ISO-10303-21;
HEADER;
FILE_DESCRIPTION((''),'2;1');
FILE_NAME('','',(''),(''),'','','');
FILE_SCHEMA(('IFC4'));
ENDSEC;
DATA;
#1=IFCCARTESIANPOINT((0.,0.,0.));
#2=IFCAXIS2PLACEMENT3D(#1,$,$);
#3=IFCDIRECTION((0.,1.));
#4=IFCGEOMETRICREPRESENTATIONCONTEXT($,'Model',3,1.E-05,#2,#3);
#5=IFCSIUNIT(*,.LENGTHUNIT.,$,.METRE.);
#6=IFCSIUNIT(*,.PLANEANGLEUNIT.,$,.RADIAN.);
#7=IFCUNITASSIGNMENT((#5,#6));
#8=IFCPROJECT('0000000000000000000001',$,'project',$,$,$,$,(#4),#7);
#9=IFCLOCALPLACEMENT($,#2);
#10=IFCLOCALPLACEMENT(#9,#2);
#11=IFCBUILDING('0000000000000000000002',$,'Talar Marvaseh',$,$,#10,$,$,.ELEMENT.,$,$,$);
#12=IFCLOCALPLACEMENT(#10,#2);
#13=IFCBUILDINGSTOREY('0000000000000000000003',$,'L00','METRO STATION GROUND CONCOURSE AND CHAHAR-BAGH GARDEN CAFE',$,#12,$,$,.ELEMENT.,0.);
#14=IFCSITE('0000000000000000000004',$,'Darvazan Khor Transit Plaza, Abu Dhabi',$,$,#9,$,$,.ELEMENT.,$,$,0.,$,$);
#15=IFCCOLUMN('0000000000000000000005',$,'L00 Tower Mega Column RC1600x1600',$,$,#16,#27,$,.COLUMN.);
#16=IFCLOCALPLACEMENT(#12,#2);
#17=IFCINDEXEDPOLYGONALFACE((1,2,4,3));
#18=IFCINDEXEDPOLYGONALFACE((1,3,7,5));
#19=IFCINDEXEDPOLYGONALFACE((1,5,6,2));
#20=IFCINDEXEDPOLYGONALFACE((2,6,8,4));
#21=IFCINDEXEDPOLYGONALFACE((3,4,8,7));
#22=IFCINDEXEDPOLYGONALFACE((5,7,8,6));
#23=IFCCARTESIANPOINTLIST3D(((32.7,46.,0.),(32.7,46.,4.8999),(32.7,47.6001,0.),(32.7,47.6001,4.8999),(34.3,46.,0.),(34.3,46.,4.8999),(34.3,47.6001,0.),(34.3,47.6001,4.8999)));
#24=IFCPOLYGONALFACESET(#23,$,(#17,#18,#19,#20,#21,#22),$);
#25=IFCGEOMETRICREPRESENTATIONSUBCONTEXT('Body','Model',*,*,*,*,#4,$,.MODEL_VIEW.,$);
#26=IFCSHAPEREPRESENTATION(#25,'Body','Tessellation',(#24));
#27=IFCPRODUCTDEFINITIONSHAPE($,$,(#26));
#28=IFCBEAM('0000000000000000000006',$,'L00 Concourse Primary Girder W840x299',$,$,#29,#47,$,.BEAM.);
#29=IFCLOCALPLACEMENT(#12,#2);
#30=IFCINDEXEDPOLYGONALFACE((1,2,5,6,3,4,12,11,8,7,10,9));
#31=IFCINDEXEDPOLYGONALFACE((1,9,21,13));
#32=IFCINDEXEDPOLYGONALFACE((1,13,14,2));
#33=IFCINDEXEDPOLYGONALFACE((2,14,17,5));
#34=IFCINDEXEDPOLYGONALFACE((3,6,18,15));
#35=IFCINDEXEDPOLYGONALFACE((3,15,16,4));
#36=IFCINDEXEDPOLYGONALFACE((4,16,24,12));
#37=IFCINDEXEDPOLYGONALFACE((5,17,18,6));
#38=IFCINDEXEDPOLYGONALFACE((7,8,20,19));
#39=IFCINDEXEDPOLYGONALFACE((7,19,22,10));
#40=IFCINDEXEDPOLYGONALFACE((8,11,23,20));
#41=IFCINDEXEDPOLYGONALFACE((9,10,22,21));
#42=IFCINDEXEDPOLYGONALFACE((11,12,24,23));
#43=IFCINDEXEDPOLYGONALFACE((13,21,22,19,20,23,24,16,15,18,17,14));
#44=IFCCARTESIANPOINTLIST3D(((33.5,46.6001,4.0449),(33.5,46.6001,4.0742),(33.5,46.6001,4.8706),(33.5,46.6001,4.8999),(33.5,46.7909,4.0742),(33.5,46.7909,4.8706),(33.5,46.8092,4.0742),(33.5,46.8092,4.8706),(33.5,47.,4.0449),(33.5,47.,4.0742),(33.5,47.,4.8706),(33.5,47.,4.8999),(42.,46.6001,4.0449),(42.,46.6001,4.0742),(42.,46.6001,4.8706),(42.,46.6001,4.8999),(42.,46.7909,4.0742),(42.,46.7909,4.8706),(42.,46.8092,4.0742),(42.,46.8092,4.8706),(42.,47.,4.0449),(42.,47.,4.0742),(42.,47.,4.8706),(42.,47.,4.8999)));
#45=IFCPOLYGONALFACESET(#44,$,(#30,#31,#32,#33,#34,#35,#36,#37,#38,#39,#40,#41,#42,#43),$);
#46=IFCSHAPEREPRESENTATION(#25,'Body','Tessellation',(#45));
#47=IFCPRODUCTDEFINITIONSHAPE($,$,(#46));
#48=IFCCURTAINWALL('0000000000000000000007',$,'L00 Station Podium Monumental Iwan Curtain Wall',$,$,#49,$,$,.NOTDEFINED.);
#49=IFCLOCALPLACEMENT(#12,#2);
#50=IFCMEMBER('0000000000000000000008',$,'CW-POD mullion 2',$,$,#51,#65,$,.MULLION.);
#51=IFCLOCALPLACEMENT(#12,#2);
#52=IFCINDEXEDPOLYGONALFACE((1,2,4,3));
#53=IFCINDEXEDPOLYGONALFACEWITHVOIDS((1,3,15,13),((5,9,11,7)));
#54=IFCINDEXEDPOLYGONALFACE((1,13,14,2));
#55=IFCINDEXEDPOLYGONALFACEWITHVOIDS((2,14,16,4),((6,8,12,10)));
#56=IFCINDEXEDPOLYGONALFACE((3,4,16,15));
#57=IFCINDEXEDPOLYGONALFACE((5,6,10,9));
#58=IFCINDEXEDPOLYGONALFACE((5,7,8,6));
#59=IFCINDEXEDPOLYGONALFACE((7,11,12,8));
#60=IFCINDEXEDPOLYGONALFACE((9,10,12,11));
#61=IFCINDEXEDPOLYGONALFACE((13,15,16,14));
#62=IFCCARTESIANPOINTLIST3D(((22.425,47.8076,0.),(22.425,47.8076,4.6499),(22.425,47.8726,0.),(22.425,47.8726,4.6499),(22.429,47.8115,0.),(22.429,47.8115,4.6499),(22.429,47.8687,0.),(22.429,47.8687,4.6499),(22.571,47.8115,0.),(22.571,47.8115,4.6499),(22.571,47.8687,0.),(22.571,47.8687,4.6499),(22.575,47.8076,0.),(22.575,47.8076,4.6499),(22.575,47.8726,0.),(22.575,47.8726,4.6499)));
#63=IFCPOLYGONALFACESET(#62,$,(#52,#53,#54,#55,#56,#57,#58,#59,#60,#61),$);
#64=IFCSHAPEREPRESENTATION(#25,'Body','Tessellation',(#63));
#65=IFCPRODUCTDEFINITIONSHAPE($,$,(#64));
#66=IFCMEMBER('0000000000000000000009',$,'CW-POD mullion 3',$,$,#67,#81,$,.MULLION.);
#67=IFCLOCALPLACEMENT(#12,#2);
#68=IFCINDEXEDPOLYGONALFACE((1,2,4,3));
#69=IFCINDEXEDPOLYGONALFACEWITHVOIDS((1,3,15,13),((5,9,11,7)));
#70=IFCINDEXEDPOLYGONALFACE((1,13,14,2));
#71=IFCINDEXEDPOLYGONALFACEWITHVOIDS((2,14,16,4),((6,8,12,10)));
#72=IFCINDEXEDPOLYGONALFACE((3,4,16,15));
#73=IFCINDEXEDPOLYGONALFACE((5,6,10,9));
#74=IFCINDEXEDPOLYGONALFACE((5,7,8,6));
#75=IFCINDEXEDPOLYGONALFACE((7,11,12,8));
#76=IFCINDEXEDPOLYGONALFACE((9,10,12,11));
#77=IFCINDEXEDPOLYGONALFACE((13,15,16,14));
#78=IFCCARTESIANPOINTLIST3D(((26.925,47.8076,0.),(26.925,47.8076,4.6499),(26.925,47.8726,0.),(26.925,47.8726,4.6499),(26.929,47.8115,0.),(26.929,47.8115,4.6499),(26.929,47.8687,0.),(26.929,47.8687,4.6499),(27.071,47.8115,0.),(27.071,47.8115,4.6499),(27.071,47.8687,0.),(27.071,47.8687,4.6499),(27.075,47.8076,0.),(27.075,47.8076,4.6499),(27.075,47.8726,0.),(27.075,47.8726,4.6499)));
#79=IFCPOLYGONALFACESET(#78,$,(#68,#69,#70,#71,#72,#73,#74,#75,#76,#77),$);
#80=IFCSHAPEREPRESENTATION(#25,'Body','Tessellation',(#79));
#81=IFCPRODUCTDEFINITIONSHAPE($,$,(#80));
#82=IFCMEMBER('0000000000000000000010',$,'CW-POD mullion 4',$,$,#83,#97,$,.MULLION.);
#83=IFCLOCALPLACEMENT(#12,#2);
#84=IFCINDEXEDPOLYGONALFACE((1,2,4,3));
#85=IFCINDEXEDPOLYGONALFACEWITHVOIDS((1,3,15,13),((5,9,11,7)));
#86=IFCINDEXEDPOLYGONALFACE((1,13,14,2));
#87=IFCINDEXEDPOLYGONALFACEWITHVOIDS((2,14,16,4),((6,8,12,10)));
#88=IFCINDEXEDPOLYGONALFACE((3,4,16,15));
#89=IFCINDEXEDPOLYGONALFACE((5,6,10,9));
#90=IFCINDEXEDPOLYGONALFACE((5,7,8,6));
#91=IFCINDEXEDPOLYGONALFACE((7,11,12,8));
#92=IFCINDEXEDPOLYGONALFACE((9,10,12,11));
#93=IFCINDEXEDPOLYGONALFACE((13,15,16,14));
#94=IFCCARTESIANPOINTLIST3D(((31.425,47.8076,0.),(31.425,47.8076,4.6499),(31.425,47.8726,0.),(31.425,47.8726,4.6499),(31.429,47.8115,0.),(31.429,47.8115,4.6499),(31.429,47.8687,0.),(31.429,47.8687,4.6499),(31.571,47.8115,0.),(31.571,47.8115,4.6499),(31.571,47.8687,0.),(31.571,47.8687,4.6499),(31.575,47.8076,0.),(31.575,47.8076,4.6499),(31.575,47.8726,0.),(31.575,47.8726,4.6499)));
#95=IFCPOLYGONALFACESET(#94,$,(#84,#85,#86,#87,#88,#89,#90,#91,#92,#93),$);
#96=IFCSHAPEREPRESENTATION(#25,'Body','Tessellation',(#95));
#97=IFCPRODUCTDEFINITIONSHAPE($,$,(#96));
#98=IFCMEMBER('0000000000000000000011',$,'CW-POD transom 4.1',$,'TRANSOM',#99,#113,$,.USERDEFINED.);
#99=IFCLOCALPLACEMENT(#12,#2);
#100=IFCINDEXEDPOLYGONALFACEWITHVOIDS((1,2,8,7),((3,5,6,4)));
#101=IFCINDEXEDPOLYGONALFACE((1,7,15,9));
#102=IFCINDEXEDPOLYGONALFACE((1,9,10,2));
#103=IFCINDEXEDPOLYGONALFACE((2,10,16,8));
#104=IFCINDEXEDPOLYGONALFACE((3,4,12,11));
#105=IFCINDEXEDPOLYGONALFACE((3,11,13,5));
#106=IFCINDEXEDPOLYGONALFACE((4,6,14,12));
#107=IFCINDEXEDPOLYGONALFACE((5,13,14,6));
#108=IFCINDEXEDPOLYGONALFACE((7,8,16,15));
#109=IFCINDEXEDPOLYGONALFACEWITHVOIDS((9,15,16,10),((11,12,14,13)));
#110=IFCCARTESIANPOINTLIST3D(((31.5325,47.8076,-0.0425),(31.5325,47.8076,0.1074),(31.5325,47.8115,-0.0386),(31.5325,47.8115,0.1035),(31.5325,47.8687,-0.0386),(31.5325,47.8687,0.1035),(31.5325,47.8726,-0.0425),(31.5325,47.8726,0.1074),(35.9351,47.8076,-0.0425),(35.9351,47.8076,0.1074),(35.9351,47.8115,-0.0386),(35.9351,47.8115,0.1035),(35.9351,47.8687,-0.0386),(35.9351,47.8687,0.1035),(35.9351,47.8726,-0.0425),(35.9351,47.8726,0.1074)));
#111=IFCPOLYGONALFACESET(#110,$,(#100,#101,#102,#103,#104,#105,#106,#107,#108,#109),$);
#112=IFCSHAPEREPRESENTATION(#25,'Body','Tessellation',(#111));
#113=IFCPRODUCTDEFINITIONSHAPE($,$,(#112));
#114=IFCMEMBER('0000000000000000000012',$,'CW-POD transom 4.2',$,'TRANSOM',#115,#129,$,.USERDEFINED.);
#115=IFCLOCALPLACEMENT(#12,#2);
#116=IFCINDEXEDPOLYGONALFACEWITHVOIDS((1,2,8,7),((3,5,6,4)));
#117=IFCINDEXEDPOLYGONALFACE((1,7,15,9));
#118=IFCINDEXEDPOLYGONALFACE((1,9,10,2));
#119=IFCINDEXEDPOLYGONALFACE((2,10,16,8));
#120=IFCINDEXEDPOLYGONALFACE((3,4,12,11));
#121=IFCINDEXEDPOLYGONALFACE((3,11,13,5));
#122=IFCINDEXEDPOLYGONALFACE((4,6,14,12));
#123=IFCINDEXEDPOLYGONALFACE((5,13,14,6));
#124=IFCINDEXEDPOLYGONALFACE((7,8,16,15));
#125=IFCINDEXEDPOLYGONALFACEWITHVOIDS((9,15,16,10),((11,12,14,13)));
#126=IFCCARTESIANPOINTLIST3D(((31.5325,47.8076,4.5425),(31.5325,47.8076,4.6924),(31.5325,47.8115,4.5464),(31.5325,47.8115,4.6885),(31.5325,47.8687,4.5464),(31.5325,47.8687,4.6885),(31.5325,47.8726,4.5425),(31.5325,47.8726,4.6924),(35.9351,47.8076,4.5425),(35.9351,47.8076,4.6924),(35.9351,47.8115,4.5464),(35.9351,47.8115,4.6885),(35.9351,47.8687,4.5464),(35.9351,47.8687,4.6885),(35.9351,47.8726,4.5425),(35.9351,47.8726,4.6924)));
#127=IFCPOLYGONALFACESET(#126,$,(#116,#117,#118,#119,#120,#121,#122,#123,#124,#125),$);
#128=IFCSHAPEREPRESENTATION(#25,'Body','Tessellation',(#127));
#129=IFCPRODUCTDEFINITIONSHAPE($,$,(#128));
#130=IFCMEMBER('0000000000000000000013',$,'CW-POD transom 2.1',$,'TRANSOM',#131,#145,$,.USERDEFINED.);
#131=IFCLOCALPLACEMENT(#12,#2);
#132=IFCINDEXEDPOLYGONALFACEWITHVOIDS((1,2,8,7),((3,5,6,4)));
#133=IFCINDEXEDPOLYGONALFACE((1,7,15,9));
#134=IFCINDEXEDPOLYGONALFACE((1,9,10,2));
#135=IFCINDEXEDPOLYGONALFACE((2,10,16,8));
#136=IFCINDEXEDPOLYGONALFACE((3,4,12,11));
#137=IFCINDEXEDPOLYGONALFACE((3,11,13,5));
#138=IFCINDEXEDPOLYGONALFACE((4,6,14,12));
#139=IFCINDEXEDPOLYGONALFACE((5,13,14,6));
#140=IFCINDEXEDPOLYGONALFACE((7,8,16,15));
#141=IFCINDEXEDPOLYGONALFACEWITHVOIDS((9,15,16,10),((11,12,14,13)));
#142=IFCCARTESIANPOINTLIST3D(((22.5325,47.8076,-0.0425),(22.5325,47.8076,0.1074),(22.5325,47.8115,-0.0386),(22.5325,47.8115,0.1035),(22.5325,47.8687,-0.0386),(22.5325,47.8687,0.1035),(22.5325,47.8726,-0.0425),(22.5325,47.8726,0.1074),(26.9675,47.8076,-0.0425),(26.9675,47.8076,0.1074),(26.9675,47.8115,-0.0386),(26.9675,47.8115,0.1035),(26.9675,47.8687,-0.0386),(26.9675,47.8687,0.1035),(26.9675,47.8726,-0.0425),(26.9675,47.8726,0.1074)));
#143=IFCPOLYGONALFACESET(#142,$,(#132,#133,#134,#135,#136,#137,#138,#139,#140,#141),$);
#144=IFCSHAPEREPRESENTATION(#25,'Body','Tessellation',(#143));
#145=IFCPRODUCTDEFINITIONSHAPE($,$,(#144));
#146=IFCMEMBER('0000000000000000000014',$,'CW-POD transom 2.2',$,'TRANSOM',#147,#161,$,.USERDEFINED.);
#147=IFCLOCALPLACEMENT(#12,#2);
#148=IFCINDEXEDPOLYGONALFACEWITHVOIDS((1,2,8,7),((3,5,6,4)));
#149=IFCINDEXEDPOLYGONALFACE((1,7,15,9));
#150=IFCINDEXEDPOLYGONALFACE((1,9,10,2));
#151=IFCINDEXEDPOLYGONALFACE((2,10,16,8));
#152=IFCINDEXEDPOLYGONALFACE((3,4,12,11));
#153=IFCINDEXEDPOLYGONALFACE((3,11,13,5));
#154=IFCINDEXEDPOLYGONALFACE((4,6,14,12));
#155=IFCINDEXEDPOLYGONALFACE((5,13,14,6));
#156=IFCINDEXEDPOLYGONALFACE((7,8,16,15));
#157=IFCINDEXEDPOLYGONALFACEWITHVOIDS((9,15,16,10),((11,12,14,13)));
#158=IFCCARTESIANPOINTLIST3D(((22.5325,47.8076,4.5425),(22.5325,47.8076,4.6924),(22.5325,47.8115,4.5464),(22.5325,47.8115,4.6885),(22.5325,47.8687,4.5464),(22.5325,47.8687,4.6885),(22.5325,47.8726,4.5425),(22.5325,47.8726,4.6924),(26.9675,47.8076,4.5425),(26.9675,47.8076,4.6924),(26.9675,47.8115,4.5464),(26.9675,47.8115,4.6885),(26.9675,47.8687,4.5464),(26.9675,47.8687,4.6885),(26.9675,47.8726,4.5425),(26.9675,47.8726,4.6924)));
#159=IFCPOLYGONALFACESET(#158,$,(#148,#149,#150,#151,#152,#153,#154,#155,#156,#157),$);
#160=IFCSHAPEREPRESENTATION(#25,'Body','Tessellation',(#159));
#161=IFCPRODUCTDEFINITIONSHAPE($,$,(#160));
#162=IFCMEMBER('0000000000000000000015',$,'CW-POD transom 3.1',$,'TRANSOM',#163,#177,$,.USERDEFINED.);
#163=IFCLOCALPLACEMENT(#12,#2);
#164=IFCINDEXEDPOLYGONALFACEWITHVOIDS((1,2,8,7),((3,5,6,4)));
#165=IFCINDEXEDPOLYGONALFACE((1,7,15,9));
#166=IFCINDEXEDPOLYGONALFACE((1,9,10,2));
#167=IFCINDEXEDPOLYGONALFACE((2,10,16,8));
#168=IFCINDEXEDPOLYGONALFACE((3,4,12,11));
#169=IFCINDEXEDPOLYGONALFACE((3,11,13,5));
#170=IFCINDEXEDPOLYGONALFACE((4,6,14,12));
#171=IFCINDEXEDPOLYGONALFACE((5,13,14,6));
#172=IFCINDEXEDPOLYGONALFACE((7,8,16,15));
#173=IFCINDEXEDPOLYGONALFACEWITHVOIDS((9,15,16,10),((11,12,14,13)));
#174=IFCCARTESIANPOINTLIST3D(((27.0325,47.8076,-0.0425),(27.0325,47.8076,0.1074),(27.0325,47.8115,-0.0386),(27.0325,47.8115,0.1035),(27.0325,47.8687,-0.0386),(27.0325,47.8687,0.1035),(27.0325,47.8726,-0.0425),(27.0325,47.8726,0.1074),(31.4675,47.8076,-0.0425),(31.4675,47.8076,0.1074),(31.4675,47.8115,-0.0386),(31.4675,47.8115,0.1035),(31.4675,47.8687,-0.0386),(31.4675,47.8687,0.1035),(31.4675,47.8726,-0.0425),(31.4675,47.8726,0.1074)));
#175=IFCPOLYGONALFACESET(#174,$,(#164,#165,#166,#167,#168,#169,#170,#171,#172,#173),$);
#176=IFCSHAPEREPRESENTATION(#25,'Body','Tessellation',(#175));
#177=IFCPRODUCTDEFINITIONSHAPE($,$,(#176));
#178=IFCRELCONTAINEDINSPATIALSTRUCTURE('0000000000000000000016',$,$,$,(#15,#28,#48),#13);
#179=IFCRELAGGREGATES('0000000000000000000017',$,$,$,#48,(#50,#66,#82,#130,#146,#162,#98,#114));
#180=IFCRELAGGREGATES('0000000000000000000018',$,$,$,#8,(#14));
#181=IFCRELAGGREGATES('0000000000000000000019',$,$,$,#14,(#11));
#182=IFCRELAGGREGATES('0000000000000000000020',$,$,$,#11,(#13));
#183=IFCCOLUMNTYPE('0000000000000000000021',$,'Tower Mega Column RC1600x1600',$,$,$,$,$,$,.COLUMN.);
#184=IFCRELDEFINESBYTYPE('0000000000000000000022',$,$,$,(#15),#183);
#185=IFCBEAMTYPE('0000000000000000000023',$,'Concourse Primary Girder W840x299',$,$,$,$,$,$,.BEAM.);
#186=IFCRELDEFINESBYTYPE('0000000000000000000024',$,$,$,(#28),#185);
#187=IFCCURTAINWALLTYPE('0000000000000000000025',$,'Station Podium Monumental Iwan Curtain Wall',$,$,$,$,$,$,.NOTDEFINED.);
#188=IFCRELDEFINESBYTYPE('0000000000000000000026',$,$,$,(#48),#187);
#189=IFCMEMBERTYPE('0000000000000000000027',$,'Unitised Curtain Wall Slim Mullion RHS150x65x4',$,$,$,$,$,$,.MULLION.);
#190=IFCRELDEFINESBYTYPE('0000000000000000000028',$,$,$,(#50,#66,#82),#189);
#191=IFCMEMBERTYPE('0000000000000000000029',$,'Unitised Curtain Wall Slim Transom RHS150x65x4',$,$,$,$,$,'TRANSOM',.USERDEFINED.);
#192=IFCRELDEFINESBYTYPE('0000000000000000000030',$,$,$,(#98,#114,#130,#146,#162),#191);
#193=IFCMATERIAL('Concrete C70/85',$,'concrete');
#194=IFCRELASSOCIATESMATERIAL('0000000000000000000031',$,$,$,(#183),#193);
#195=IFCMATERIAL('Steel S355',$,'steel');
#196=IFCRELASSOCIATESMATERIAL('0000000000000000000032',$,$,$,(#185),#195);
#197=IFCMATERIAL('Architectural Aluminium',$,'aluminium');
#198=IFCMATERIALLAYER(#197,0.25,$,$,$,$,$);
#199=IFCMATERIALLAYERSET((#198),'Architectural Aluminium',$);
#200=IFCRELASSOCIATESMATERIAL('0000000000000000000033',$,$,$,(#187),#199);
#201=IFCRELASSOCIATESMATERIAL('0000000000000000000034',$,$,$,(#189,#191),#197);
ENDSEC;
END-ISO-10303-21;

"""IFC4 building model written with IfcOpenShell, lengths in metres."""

from ifc_helpers import new_model, si_unit, direction, frame, origin, origin_2d, place, context, subcontext, project, spatial, rectangle, hollow_rectangle, i_section, extrude, source, transform, mapped, material, layer, layer_set, material_profile, profile_set, type_object, type_shapes, element, aggregate, save


model = new_model("IFC4")

# Units and contexts
model_context = context("Model", 3, precision=1e-05, world=origin(), true_north=direction((0.0, 1.0)))
body_context = subcontext(model_context, "Body", "Model", "MODEL_VIEW")
ifc_project = project(units=[si_unit("LENGTHUNIT", "METRE"), si_unit("PLANEANGLEUNIT", "RADIAN")], contexts=[model_context])

# Site, building, storey
site_placement = place(None, origin())
site = spatial("IfcSite", under=ifc_project, at=site_placement, Name="Darvazan Khor Transit Plaza, Abu Dhabi", CompositionType="ELEMENT", RefElevation=0.0)
building_placement = place(site_placement, origin())
building = spatial("IfcBuilding", under=site, at=building_placement, Name="Talar Marvaseh", CompositionType="ELEMENT")
storey_placement = place(building_placement, origin())
storey = spatial("IfcBuildingStorey", under=building, at=storey_placement, Name="L00", Description="METRO STATION GROUND CONCOURSE AND CHAHAR-BAGH GARDEN CAFE", CompositionType="ELEMENT", Elevation=0.0)

# Column
ifc_material_1 = material(Name="Concrete C70/85", Category="concrete")
ifc_material_profile_1 = material_profile(ifc_material_1, rectangle(XDim=1.6001, YDim=1.6001, at=origin_2d()), Name="RC1600x1600")
ifc_profile_set_1 = profile_set([ifc_material_profile_1], Name="Concrete C70/85")
column_type = type_object("IfcColumnType", Name="Tower Mega Column RC1600x1600", PredefinedType="COLUMN", material=ifc_profile_set_1)
column_placement = place(storey_placement, frame((33.5, 46.8, 0.0), z_axis=(0.0, 0.0, 1.0), x_axis=(1.0, 0.0, 0.0)))
element("IfcColumn", 1, at=column_placement, inside=storey, type_object=column_type, Name="L00 Tower Mega Column RC1600x1600", PredefinedType="COLUMN", context=body_context, shape_type="SweptSolid", body=[
    extrude(rectangle(XDim=1.6001, YDim=1.6001, at=origin_2d()), origin(), (0.0, 0.0, 1.0), 4.8999),
])

# Beam
ifc_material_2 = material(Name="Steel S355", Category="steel")
ifc_material_profile_2 = material_profile(ifc_material_2, i_section(OverallWidth=0.3999, OverallDepth=0.855, WebThickness=0.0183, FlangeThickness=0.0293, at=origin_2d()), Name="W840x299")
ifc_profile_set_2 = profile_set([ifc_material_profile_2], Name="Steel S355")
beam_type = type_object("IfcBeamType", Name="Concourse Primary Girder W840x299", PredefinedType="BEAM", material=ifc_profile_set_2)
beam_placement = place(storey_placement, frame((33.5, 46.8, 4.4724), z_axis=(1.0, 0.0, 0.0), x_axis=(0.0, 1.0, 0.0)))
element("IfcBeam", 2, at=beam_placement, inside=storey, type_object=beam_type, Name="L00 Concourse Primary Girder W840x299", PredefinedType="BEAM", context=body_context, shape_type="SweptSolid", body=[
    extrude(i_section(OverallWidth=0.3999, OverallDepth=0.855, WebThickness=0.0183, FlangeThickness=0.0293, at=origin_2d()), origin(), (0.0, 0.0, 1.0), 8.5),
])

# Curtain wall, members
ifc_material_3 = material(Name="Architectural Aluminium", Category="aluminium")
ifc_layer_1 = layer(ifc_material_3, 0.25)
ifc_layer_set_1 = layer_set([ifc_layer_1], Name="Architectural Aluminium")
curtain_wall_type = type_object("IfcCurtainWallType", Name="Station Podium Monumental Iwan Curtain Wall", PredefinedType="NOTDEFINED", material=ifc_layer_set_1)
curtain_wall_placement = place(storey_placement, origin())
curtain_wall = element("IfcCurtainWall", 3, at=curtain_wall_placement, inside=storey, type_object=curtain_wall_type, Name="L00 Station Podium Monumental Iwan Curtain Wall", PredefinedType="NOTDEFINED")
ifc_material_profile_3 = material_profile(ifc_material_3, hollow_rectangle(XDim=0.0649, YDim=0.1499, WallThickness=0.0039, at=origin_2d()), Name="RHS150x65x4")
ifc_profile_set_3 = profile_set([ifc_material_profile_3], Name="Architectural Aluminium")
member_type_1 = type_object("IfcMemberType", Name="Unitised Curtain Wall Slim Mullion RHS150x65x4", PredefinedType="MULLION", material=ifc_profile_set_3)
shared_shape_1 = source(origin(), body_context, "Body", "SweptSolid", [
    extrude(hollow_rectangle(XDim=0.0649, YDim=0.1499, WallThickness=0.0039, at=origin_2d()), origin(), (0.0, 0.0, 1.0), 4.6499),
])
type_shapes(member_type_1, [shared_shape_1])
member_1_placement = place(storey_placement, frame((22.5, 47.8401, 0.0), z_axis=(0.0, 0.0, 1.0), x_axis=(0.0, 1.0, 0.0)))
member_1 = element("IfcMember", 4, at=member_1_placement, type_object=member_type_1, Name="CW-POD mullion 2", PredefinedType="MULLION", context=body_context, shape_type="MappedRepresentation", body=[
    mapped(shared_shape_1, transform((0.0, 0.0, 0.0), x_axis=(1.0, 0.0, 0.0), y_axis=(0.0, 1.0, 0.0), z_axis=(0.0, 0.0, 1.0), scale=1.0)),
])
member_2_placement = place(storey_placement, frame((27.0, 47.8401, 0.0), z_axis=(0.0, 0.0, 1.0), x_axis=(0.0, 1.0, 0.0)))
member_2 = element("IfcMember", 5, at=member_2_placement, type_object=member_type_1, Name="CW-POD mullion 3", PredefinedType="MULLION", context=body_context, shape_type="MappedRepresentation", body=[
    mapped(shared_shape_1, transform((0.0, 0.0, 0.0), x_axis=(1.0, 0.0, 0.0), y_axis=(0.0, 1.0, 0.0), z_axis=(0.0, 0.0, 1.0), scale=1.0)),
])
member_3_placement = place(storey_placement, frame((31.5, 47.8401, 0.0), z_axis=(0.0, 0.0, 1.0), x_axis=(0.0, 1.0, 0.0)))
member_3 = element("IfcMember", 6, at=member_3_placement, type_object=member_type_1, Name="CW-POD mullion 4", PredefinedType="MULLION", context=body_context, shape_type="MappedRepresentation", body=[
    mapped(shared_shape_1, transform((0.0, 0.0, 0.0), x_axis=(1.0, 0.0, 0.0), y_axis=(0.0, 1.0, 0.0), z_axis=(0.0, 0.0, 1.0), scale=1.0)),
])
ifc_material_profile_4 = material_profile(ifc_material_3, hollow_rectangle(XDim=0.0649, YDim=0.1499, WallThickness=0.0039, at=origin_2d()), Name="RHS150x65x4")
ifc_profile_set_4 = profile_set([ifc_material_profile_4], Name="Architectural Aluminium")
member_type_2 = type_object("IfcMemberType", Name="Unitised Curtain Wall Slim Transom RHS150x65x4", ElementType="TRANSOM", PredefinedType="USERDEFINED", material=ifc_profile_set_4)
shared_shape_2 = source(origin(), body_context, "Body", "SweptSolid", [
    extrude(hollow_rectangle(XDim=0.0649, YDim=0.1499, WallThickness=0.0039, at=origin_2d()), origin(), (0.0, 0.0, 1.0), 4.4026),
])
member_4_placement = place(storey_placement, frame((31.5325, 47.8401, 0.0325), z_axis=(1.0, 0.0, 0.0), x_axis=(0.0, 1.0, 0.0)))
member_4 = element("IfcMember", 7, at=member_4_placement, type_object=member_type_2, Name="CW-POD transom 4.1", ObjectType="TRANSOM", PredefinedType="USERDEFINED", context=body_context, shape_type="MappedRepresentation", body=[
    mapped(shared_shape_2, transform((0.0, 0.0, 0.0), x_axis=(1.0, 0.0, 0.0), y_axis=(0.0, 1.0, 0.0), z_axis=(0.0, 0.0, 1.0), scale=1.0)),
])
member_5_placement = place(storey_placement, frame((31.5325, 47.8401, 4.6174), z_axis=(1.0, 0.0, 0.0), x_axis=(0.0, 1.0, 0.0)))
member_5 = element("IfcMember", 8, at=member_5_placement, type_object=member_type_2, Name="CW-POD transom 4.2", ObjectType="TRANSOM", PredefinedType="USERDEFINED", context=body_context, shape_type="MappedRepresentation", body=[
    mapped(shared_shape_2, transform((0.0, 0.0, 0.0), x_axis=(1.0, 0.0, 0.0), y_axis=(0.0, 1.0, 0.0), z_axis=(0.0, 0.0, 1.0), scale=1.0)),
])
shared_shape_3 = source(origin(), body_context, "Body", "SweptSolid", [
    extrude(hollow_rectangle(XDim=0.0649, YDim=0.1499, WallThickness=0.0039, at=origin_2d()), origin(), (0.0, 0.0, 1.0), 4.4351),
])
type_shapes(member_type_2, [shared_shape_2, shared_shape_3])
member_6_placement = place(storey_placement, frame((22.5325, 47.8401, 0.0325), z_axis=(1.0, 0.0, 0.0), x_axis=(0.0, 1.0, 0.0)))
member_6 = element("IfcMember", 9, at=member_6_placement, type_object=member_type_2, Name="CW-POD transom 2.1", ObjectType="TRANSOM", PredefinedType="USERDEFINED", context=body_context, shape_type="MappedRepresentation", body=[
    mapped(shared_shape_3, transform((0.0, 0.0, 0.0), x_axis=(1.0, 0.0, 0.0), y_axis=(0.0, 1.0, 0.0), z_axis=(0.0, 0.0, 1.0), scale=1.0)),
])
member_7_placement = place(storey_placement, frame((22.5325, 47.8401, 4.6174), z_axis=(1.0, 0.0, 0.0), x_axis=(0.0, 1.0, 0.0)))
member_7 = element("IfcMember", 10, at=member_7_placement, type_object=member_type_2, Name="CW-POD transom 2.2", ObjectType="TRANSOM", PredefinedType="USERDEFINED", context=body_context, shape_type="MappedRepresentation", body=[
    mapped(shared_shape_3, transform((0.0, 0.0, 0.0), x_axis=(1.0, 0.0, 0.0), y_axis=(0.0, 1.0, 0.0), z_axis=(0.0, 0.0, 1.0), scale=1.0)),
])
member_8_placement = place(storey_placement, frame((27.0325, 47.8401, 0.0325), z_axis=(1.0, 0.0, 0.0), x_axis=(0.0, 1.0, 0.0)))
member_8 = element("IfcMember", 11, at=member_8_placement, type_object=member_type_2, Name="CW-POD transom 3.1", ObjectType="TRANSOM", PredefinedType="USERDEFINED", context=body_context, shape_type="MappedRepresentation", body=[
    mapped(shared_shape_3, transform((0.0, 0.0, 0.0), x_axis=(1.0, 0.0, 0.0), y_axis=(0.0, 1.0, 0.0), z_axis=(0.0, 0.0, 1.0), scale=1.0)),
])
aggregate(curtain_wall, [member_1, member_2, member_3, member_6, member_7, member_8, member_4, member_5])

save(model, "model.ifc")
